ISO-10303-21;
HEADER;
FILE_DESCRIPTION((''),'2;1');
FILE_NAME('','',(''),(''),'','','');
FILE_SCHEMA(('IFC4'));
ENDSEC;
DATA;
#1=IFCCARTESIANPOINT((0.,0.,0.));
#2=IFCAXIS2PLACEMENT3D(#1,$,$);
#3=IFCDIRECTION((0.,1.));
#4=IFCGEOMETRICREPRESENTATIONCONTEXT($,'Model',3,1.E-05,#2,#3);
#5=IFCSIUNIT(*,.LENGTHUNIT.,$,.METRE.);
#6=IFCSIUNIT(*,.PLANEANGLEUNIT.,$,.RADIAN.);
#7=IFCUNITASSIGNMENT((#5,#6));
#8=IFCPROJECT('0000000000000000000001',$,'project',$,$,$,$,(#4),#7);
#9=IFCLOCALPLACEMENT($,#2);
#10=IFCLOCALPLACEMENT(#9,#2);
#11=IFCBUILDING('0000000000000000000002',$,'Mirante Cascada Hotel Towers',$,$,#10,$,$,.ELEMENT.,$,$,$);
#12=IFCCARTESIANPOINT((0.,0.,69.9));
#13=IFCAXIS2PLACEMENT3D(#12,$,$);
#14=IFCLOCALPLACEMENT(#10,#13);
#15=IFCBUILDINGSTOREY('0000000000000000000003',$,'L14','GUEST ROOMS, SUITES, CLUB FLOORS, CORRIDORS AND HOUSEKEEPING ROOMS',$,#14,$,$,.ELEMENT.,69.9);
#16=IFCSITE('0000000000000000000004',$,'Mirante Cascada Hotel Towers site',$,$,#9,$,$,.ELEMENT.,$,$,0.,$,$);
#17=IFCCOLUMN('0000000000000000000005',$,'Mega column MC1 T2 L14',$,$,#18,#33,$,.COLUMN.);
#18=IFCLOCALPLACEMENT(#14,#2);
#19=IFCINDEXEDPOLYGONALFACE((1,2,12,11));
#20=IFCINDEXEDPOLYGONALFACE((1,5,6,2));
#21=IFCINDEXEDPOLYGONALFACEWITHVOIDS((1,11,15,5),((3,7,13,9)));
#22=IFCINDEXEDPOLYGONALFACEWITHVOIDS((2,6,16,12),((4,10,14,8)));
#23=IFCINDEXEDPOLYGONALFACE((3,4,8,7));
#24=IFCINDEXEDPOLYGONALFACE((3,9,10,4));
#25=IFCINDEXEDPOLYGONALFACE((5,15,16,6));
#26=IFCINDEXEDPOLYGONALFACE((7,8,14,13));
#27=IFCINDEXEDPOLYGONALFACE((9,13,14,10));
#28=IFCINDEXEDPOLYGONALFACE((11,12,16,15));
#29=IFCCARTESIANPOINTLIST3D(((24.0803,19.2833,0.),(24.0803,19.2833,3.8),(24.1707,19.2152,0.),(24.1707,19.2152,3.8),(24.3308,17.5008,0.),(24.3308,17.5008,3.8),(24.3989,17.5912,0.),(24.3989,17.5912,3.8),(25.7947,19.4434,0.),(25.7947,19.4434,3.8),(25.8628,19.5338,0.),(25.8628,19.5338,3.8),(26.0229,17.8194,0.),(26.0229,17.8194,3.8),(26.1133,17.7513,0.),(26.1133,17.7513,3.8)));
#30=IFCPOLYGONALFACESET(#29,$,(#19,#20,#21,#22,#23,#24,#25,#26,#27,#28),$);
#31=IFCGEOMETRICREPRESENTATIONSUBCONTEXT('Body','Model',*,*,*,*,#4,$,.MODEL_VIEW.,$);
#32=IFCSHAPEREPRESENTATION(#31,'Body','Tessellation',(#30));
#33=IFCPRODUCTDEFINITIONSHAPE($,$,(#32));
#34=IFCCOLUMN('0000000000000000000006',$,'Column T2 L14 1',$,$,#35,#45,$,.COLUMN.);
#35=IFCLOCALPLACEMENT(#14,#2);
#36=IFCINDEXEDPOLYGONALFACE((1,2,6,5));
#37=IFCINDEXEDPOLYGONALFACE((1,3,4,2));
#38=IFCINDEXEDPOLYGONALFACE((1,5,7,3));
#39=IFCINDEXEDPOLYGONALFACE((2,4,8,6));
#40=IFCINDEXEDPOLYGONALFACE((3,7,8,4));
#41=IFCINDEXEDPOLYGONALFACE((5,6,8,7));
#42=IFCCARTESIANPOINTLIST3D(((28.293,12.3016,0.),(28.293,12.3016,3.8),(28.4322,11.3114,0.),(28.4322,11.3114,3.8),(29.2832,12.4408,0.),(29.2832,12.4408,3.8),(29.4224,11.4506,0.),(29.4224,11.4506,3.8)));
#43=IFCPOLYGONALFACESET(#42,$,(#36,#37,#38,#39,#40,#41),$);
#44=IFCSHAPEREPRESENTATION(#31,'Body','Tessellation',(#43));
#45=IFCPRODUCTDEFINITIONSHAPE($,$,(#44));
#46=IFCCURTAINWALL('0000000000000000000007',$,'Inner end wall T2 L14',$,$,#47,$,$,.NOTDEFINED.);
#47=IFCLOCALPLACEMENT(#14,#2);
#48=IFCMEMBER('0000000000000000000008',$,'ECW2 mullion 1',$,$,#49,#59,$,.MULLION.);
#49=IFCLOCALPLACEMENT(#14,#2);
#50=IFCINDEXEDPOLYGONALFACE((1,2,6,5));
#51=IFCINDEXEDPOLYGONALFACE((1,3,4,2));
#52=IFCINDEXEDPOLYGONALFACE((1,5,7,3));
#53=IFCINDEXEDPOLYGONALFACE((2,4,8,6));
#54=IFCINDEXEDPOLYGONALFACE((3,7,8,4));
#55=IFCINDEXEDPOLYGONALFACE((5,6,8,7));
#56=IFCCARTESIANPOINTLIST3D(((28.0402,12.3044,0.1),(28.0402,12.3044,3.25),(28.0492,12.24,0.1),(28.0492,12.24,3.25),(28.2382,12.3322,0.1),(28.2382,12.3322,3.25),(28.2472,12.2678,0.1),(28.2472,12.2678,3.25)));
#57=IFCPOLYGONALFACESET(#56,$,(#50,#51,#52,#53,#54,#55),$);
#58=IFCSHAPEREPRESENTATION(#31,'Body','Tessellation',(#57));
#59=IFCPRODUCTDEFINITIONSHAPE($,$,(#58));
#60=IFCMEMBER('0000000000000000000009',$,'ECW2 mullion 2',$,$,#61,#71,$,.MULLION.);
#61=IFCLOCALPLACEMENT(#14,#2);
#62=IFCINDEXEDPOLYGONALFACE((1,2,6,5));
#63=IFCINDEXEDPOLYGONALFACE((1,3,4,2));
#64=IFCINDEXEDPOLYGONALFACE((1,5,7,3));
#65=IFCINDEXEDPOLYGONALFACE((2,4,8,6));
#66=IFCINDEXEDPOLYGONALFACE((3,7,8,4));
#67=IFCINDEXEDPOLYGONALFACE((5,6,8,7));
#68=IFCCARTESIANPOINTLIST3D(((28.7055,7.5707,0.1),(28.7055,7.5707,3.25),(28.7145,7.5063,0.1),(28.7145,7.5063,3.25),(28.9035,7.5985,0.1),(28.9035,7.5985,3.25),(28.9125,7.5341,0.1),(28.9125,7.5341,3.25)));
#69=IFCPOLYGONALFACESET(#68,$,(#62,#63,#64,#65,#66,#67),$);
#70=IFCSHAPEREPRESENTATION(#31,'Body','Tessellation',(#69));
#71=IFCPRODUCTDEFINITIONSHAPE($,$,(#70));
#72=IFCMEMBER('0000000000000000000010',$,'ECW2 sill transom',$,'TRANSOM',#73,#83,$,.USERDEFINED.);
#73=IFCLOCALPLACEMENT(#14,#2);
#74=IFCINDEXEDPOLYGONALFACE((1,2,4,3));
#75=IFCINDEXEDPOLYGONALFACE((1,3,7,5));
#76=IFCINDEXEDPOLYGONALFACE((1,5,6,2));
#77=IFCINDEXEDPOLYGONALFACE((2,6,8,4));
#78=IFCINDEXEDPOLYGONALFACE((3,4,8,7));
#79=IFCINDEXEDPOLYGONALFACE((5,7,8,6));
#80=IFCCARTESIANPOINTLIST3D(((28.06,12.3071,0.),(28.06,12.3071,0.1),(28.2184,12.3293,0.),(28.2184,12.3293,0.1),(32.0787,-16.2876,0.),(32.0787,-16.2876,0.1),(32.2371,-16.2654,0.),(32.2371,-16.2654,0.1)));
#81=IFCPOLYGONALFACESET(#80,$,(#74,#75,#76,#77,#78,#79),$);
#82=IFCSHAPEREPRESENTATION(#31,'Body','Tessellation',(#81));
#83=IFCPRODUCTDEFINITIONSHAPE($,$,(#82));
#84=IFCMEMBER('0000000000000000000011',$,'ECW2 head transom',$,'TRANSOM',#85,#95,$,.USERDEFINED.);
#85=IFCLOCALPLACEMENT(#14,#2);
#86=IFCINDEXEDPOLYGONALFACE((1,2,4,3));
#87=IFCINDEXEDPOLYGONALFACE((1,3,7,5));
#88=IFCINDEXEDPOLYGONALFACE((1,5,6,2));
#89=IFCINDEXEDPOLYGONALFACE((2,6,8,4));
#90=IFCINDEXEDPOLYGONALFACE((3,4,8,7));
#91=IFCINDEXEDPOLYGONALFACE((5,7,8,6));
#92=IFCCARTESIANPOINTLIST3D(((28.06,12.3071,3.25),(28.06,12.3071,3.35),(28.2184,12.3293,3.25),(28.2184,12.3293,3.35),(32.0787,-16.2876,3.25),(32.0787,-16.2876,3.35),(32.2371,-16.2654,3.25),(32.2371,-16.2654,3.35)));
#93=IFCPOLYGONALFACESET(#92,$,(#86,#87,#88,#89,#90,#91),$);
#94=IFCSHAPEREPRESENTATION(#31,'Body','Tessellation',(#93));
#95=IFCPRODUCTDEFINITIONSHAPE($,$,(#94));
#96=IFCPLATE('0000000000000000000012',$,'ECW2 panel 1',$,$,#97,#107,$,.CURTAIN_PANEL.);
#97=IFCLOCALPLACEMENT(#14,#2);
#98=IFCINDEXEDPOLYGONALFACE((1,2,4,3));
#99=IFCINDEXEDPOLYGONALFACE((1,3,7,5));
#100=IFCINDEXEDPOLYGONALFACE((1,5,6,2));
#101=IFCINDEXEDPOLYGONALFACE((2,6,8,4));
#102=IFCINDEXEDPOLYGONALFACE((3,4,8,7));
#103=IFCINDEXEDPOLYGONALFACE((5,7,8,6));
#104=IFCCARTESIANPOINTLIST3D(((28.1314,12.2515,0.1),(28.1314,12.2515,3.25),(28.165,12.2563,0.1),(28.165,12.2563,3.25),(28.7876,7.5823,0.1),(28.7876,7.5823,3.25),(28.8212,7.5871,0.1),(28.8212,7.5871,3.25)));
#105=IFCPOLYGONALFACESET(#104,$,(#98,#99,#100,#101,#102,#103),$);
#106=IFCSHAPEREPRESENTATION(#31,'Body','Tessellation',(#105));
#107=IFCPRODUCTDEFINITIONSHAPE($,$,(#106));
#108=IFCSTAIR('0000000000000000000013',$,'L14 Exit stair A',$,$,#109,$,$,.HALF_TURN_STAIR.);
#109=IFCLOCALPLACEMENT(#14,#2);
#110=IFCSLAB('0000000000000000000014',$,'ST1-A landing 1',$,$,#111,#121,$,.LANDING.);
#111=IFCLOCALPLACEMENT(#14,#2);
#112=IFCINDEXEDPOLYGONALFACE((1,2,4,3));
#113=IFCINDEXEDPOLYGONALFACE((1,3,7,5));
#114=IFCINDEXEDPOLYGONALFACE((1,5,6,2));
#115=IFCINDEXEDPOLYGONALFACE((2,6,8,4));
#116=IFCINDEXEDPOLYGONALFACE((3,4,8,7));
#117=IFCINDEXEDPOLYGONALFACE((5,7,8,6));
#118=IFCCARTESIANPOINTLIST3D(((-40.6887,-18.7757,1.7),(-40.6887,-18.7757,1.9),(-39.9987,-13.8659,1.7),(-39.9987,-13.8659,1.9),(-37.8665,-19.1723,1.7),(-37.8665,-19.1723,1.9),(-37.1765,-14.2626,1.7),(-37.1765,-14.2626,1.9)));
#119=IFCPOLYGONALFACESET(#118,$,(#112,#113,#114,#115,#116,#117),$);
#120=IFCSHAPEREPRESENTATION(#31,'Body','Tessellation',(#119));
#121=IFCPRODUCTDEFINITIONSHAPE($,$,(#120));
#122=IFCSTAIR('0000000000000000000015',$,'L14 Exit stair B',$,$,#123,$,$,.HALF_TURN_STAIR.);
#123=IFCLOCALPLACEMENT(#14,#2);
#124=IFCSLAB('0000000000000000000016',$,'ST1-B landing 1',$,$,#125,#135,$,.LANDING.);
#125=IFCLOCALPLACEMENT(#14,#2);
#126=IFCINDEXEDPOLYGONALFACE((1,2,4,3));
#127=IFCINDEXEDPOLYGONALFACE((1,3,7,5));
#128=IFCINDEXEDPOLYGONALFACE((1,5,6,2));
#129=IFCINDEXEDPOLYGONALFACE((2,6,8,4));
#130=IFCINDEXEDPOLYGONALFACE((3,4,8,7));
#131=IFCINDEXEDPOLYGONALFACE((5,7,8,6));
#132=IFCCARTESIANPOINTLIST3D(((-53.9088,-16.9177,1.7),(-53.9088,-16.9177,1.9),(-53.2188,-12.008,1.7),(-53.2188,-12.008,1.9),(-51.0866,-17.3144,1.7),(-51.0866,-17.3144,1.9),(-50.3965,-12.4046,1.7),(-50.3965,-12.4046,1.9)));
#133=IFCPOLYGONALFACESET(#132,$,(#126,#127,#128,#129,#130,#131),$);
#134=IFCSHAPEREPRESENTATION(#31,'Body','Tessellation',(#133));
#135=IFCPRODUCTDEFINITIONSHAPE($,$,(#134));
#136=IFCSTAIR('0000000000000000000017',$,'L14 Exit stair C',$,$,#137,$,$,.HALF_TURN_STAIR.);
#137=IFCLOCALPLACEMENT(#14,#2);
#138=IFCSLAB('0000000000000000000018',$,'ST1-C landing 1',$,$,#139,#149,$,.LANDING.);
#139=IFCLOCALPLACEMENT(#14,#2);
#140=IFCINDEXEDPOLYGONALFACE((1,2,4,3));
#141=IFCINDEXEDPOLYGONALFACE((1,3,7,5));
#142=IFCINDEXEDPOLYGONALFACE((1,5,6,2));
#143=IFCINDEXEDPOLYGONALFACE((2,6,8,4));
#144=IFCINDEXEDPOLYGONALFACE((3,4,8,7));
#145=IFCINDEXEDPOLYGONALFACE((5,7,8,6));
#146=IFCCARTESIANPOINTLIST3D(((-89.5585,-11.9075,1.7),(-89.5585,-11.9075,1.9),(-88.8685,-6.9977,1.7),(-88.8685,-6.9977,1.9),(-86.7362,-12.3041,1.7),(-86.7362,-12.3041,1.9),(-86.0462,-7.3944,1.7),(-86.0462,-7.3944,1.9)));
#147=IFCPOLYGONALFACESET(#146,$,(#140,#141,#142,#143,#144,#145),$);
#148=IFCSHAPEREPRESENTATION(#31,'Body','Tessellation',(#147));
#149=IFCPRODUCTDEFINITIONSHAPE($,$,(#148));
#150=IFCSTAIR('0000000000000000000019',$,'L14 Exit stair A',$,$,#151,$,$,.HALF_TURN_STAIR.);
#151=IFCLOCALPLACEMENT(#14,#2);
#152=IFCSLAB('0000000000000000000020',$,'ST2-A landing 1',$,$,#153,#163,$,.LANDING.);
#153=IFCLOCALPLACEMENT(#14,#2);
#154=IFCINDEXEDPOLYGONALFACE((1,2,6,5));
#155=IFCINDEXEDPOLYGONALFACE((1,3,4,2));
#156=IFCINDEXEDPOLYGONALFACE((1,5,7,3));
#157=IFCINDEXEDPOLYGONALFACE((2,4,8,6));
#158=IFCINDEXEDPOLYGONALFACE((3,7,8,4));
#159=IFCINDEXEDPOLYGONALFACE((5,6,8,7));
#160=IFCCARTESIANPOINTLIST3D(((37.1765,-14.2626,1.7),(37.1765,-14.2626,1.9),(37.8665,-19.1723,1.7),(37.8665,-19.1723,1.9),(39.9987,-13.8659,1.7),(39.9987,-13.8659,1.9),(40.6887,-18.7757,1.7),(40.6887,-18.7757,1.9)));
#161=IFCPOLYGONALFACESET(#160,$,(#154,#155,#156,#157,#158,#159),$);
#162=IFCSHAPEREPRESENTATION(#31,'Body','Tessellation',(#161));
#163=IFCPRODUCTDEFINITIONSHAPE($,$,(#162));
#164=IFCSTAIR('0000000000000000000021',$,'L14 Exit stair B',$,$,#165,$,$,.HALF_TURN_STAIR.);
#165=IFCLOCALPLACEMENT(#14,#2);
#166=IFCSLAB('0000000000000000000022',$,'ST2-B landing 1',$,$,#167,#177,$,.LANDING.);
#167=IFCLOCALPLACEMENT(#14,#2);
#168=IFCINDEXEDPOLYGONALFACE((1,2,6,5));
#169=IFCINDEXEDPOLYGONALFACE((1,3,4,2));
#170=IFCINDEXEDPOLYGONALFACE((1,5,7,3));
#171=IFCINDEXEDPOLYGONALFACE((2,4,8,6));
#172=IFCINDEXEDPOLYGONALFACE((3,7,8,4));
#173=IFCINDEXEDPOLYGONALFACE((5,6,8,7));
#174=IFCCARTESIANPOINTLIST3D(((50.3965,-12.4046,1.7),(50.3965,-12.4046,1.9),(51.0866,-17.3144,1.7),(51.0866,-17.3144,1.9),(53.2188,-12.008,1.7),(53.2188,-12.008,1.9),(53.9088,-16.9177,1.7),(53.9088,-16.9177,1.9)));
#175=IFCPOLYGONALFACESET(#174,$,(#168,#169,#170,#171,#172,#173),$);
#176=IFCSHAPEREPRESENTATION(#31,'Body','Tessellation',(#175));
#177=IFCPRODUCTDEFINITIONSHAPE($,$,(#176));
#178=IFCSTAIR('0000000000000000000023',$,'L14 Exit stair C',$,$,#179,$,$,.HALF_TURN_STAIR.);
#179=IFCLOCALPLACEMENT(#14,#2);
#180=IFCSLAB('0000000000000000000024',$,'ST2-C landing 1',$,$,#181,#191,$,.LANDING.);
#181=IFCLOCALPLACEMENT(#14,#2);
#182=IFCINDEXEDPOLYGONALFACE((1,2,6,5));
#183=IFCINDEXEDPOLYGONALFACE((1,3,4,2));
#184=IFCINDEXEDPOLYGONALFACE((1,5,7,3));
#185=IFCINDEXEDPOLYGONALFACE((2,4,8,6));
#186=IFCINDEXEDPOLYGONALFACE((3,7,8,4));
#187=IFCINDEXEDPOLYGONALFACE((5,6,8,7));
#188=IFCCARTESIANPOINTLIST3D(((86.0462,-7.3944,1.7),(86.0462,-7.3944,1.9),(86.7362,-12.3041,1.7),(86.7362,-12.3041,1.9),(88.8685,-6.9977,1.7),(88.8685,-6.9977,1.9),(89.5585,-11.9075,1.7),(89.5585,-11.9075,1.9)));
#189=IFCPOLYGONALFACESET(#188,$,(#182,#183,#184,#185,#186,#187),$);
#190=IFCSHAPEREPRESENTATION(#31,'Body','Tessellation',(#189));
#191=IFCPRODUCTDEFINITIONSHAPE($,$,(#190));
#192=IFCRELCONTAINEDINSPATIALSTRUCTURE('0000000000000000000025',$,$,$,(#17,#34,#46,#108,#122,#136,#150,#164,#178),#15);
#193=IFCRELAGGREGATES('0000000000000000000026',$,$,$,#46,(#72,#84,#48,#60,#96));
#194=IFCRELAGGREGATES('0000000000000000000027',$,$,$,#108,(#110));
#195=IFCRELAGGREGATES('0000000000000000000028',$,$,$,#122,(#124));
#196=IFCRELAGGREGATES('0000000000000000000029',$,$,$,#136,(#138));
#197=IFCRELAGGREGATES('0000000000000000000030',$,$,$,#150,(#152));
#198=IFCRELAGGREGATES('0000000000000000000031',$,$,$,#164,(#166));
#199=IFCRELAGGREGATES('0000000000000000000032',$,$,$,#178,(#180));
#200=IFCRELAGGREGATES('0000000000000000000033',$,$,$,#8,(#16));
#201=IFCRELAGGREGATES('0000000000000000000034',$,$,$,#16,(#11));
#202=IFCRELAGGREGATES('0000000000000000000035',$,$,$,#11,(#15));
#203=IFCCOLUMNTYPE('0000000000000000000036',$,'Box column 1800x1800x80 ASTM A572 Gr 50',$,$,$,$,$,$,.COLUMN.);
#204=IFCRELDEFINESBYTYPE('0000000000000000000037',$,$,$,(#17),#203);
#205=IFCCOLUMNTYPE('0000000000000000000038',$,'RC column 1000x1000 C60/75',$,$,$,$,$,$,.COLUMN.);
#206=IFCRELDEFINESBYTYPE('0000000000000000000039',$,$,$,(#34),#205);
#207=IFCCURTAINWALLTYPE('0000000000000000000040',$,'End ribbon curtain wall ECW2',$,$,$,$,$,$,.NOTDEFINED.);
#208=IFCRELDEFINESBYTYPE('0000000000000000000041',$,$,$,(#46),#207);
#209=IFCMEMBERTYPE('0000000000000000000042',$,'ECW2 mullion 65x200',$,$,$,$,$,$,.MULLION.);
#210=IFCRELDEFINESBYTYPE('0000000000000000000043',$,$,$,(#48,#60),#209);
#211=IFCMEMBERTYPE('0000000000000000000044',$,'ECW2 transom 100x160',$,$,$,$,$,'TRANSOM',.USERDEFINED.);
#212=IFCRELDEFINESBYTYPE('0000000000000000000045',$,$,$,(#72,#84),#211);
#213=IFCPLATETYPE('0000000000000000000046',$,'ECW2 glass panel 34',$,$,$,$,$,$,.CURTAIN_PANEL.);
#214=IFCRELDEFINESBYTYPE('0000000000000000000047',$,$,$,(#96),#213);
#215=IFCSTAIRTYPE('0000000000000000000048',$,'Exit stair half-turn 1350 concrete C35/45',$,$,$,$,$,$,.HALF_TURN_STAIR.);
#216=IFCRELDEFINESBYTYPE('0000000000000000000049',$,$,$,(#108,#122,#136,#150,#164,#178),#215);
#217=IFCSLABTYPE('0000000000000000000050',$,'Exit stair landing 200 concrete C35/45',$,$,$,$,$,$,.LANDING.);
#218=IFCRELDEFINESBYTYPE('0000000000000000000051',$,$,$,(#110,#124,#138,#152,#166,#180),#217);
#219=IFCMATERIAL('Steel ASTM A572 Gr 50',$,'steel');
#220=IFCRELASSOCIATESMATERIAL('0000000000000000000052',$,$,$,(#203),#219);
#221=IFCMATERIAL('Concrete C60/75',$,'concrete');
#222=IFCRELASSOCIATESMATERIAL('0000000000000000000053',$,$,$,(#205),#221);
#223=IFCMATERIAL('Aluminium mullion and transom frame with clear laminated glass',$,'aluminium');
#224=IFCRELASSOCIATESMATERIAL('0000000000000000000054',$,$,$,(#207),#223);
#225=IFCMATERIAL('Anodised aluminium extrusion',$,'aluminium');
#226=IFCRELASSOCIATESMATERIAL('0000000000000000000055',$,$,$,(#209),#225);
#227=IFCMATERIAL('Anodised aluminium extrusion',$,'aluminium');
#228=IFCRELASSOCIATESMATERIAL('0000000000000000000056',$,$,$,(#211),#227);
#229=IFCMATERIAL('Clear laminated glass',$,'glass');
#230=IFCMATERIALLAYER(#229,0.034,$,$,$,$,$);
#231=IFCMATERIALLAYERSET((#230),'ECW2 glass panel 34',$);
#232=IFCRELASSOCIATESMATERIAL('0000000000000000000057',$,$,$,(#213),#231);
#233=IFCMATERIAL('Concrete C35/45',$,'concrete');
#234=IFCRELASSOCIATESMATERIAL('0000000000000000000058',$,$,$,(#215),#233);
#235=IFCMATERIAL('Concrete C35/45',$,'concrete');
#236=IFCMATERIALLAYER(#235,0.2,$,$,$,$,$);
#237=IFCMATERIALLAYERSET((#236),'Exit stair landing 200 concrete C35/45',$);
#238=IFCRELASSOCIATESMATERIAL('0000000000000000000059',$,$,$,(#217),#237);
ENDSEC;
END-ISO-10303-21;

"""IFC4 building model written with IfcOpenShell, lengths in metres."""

from ifc_helpers import new_model, si_unit, direction, frame, origin, origin_2d, place, context, subcontext, project, spatial, polyline, rectangle, hollow_rectangle, outline, extrude, material, layer, layer_set, material_profile, profile_set, type_object, element, aggregate, save


model = new_model("IFC4")

# Units and contexts
model_context = context("Model", 3, precision=1e-05, world=origin(), true_north=direction((0.0, 1.0)))
body_context = subcontext(model_context, "Body", "Model", "MODEL_VIEW")
ifc_project = project(units=[si_unit("LENGTHUNIT", "METRE"), si_unit("PLANEANGLEUNIT", "RADIAN")], contexts=[model_context])

# Site, building, storey
site_placement = place(None, origin())
site = spatial("IfcSite", under=ifc_project, at=site_placement, Name="Mirante Cascada Hotel Towers site", CompositionType="ELEMENT", RefElevation=0.0)
building_placement = place(site_placement, origin())
building = spatial("IfcBuilding", under=site, at=building_placement, Name="Mirante Cascada Hotel Towers", CompositionType="ELEMENT")
storey_placement = place(building_placement, frame((0.0, 0.0, 69.9)))
storey = spatial("IfcBuildingStorey", under=building, at=storey_placement, Name="L14", Description="GUEST ROOMS, SUITES, CLUB FLOORS, CORRIDORS AND HOUSEKEEPING ROOMS", CompositionType="ELEMENT", Elevation=69.9)

# Columns
ifc_material_1 = material(Name="Steel ASTM A572 Gr 50", Category="steel")
ifc_material_profile_1 = material_profile(ifc_material_1, hollow_rectangle(XDim=1.8, YDim=1.8, WallThickness=0.08, at=origin_2d()), Name="Box column 1800x1800x80 ASTM A572 Gr 50")
ifc_profile_set_1 = profile_set([ifc_material_profile_1], Name="Steel ASTM A572 Gr 50")
column_type_1 = type_object("IfcColumnType", Name="Box column 1800x1800x80 ASTM A572 Gr 50", PredefinedType="COLUMN", material=ifc_profile_set_1)
column_1_placement = place(storey_placement, frame((25.0968, 18.5173, 0.0), z_axis=(0.0, 0.0, 1.0), x_axis=(0.990268, 0.139173, 0.0)))
element("IfcColumn", 1, at=column_1_placement, inside=storey, type_object=column_type_1, Name="Mega column MC1 T2 L14", PredefinedType="COLUMN", context=body_context, shape_type="SweptSolid", body=[
    extrude(hollow_rectangle(XDim=1.8, YDim=1.8, WallThickness=0.08, at=origin_2d()), origin(), (0.0, 0.0, 1.0), 3.8),
])
ifc_material_2 = material(Name="Concrete C60/75", Category="concrete")
ifc_material_profile_2 = material_profile(ifc_material_2, rectangle(XDim=1.0, YDim=1.0, at=origin_2d()), Name="RC column 1000x1000 C60/75")
ifc_profile_set_2 = profile_set([ifc_material_profile_2], Name="Concrete C60/75")
column_type_2 = type_object("IfcColumnType", Name="RC column 1000x1000 C60/75", PredefinedType="COLUMN", material=ifc_profile_set_2)
column_2_placement = place(storey_placement, frame((28.8577, 11.8761, 0.0), z_axis=(0.0, 0.0, 1.0), x_axis=(0.990268, 0.139173, 0.0)))
element("IfcColumn", 2, at=column_2_placement, inside=storey, type_object=column_type_2, Name="Column T2 L14 1", PredefinedType="COLUMN", context=body_context, shape_type="SweptSolid", body=[
    extrude(rectangle(XDim=1.0, YDim=1.0, at=origin_2d()), origin(), (0.0, 0.0, 1.0), 3.8),
])

# Curtain wall, members, plate
ifc_material_3 = material(Name="Aluminium mullion and transom frame with clear laminated glass", Category="aluminium")
curtain_wall_type = type_object("IfcCurtainWallType", Name="End ribbon curtain wall ECW2", PredefinedType="NOTDEFINED", material=ifc_material_3)
curtain_wall_placement = place(storey_placement, origin())
curtain_wall = element("IfcCurtainWall", 3, at=curtain_wall_placement, inside=storey, type_object=curtain_wall_type, Name="Inner end wall T2 L14", PredefinedType="NOTDEFINED")
ifc_material_4 = material(Name="Anodised aluminium extrusion", Category="aluminium")
ifc_material_profile_3 = material_profile(ifc_material_4, rectangle(XDim=0.2, YDim=0.065, at=origin_2d()), Name="ECW2 MULLION 65x200")
ifc_profile_set_3 = profile_set([ifc_material_profile_3], Name="Anodised aluminium extrusion")
member_type_1 = type_object("IfcMemberType", Name="ECW2 mullion 65x200", PredefinedType="MULLION", material=ifc_profile_set_3)
member_1_placement = place(storey_placement, frame((28.1437, 12.2861, 0.1), z_axis=(0.0, 0.0, 1.0), x_axis=(0.990268, 0.139173, 0.0)))
member_1 = element("IfcMember", 4, at=member_1_placement, type_object=member_type_1, Name="ECW2 mullion 1", PredefinedType="MULLION", context=body_context, shape_type="SweptSolid", body=[
    extrude(rectangle(XDim=0.2, YDim=0.065, at=origin_2d()), origin(), (0.0, 0.0, 1.0), 3.15),
])
member_2_placement = place(storey_placement, frame((28.809, 7.5524, 0.1), z_axis=(0.0, 0.0, 1.0), x_axis=(0.990268, 0.139173, 0.0)))
member_2 = element("IfcMember", 5, at=member_2_placement, type_object=member_type_1, Name="ECW2 mullion 2", PredefinedType="MULLION", context=body_context, shape_type="SweptSolid", body=[
    extrude(rectangle(XDim=0.2, YDim=0.065, at=origin_2d()), origin(), (0.0, 0.0, 1.0), 3.15),
])
ifc_material_5 = material(Name="Anodised aluminium extrusion", Category="aluminium")
ifc_material_profile_4 = material_profile(ifc_material_5, rectangle(XDim=0.16, YDim=0.1, at=origin_2d()), Name="ECW2 TRANSOM 100x160")
ifc_profile_set_4 = profile_set([ifc_material_profile_4], Name="Anodised aluminium extrusion")
member_type_2 = type_object("IfcMemberType", Name="ECW2 transom 100x160", ElementType="TRANSOM", PredefinedType="USERDEFINED", material=ifc_profile_set_4)
member_3_placement = place(storey_placement, frame((28.1392, 12.3182, 0.05), z_axis=(0.139172, -0.990268, 0.0), x_axis=(0.990268, 0.139172, 0.0)))
member_3 = element("IfcMember", 6, at=member_3_placement, type_object=member_type_2, Name="ECW2 sill transom", ObjectType="TRANSOM", PredefinedType="USERDEFINED", context=body_context, shape_type="SweptSolid", body=[
    extrude(rectangle(XDim=0.16, YDim=0.1, at=origin_2d()), origin(), (0.0, 0.0, 1.0), 28.8757),
])
member_4_placement = place(storey_placement, frame((28.1392, 12.3182, 3.3), z_axis=(0.139172, -0.990268, 0.0), x_axis=(0.990268, 0.139172, 0.0)))
member_4 = element("IfcMember", 7, at=member_4_placement, type_object=member_type_2, Name="ECW2 head transom", ObjectType="TRANSOM", PredefinedType="USERDEFINED", context=body_context, shape_type="SweptSolid", body=[
    extrude(rectangle(XDim=0.16, YDim=0.1, at=origin_2d()), origin(), (0.0, 0.0, 1.0), 28.8757),
])
ifc_material_6 = material(Name="Clear laminated glass", Category="glass")
ifc_layer_1 = layer(ifc_material_6, 0.034)
ifc_layer_set_1 = layer_set([ifc_layer_1], Name="ECW2 glass panel 34")
plate_type = type_object("IfcPlateType", Name="ECW2 glass panel 34", PredefinedType="CURTAIN_PANEL", material=ifc_layer_set_1)
plate_placement = place(storey_placement, frame((28.4763, 9.9193, 0.1), z_axis=(0.0, 0.0, 1.0), x_axis=(0.139173, -0.990268, 0.0)))
plate = element("IfcPlate", 8, at=plate_placement, type_object=plate_type, Name="ECW2 panel 1", PredefinedType="CURTAIN_PANEL", context=body_context, shape_type="SweptSolid", body=[
    extrude(rectangle(XDim=4.7151, YDim=0.034, at=origin_2d()), origin(), (0.0, 0.0, 1.0), 3.15),
])
aggregate(curtain_wall, [member_3, member_4, member_1, member_2, plate])

# Stairs, slabs
ifc_material_7 = material(Name="Concrete C35/45", Category="concrete")
stair_type = type_object("IfcStairType", Name="Exit stair half-turn 1350 concrete C35/45", PredefinedType="HALF_TURN_STAIR", material=ifc_material_7)
stair_1_placement = place(storey_placement, origin())
stair_1 = element("IfcStair", 9, at=stair_1_placement, inside=storey, type_object=stair_type, Name="L14 Exit stair A", PredefinedType="HALF_TURN_STAIR")
ifc_material_8 = material(Name="Concrete C35/45", Category="concrete")
ifc_layer_2 = layer(ifc_material_8, 0.2)
ifc_layer_set_2 = layer_set([ifc_layer_2], Name="Exit stair landing 200 concrete C35/45")
slab_type = type_object("IfcSlabType", Name="Exit stair landing 200 concrete C35/45", PredefinedType="LANDING", material=ifc_layer_set_2)
slab_1_placement = place(storey_placement, frame((0.0, 0.0, 1.7)))
slab_1 = element("IfcSlab", 10, at=slab_1_placement, type_object=slab_type, Name="ST1-A landing 1", PredefinedType="LANDING", context=body_context, shape_type="SweptSolid", body=[
    extrude(outline(polyline([(-39.9987, -13.8659), (-40.6887, -18.7757), (-37.8665, -19.1723), (-37.1765, -14.2626), (-39.9987, -13.8659)])), origin(), (0.0, 0.0, 1.0), 0.2),
])
aggregate(stair_1, [slab_1])
stair_2_placement = place(storey_placement, origin())
stair_2 = element("IfcStair", 11, at=stair_2_placement, inside=storey, type_object=stair_type, Name="L14 Exit stair B", PredefinedType="HALF_TURN_STAIR")
slab_2_placement = place(storey_placement, frame((0.0, 0.0, 1.7)))
slab_2 = element("IfcSlab", 12, at=slab_2_placement, type_object=slab_type, Name="ST1-B landing 1", PredefinedType="LANDING", context=body_context, shape_type="SweptSolid", body=[
    extrude(outline(polyline([(-53.2188, -12.008), (-53.9088, -16.9177), (-51.0866, -17.3144), (-50.3965, -12.4046), (-53.2188, -12.008)])), origin(), (0.0, 0.0, 1.0), 0.2),
])
aggregate(stair_2, [slab_2])
stair_3_placement = place(storey_placement, origin())
stair_3 = element("IfcStair", 13, at=stair_3_placement, inside=storey, type_object=stair_type, Name="L14 Exit stair C", PredefinedType="HALF_TURN_STAIR")
slab_3_placement = place(storey_placement, frame((0.0, 0.0, 1.7)))
slab_3 = element("IfcSlab", 14, at=slab_3_placement, type_object=slab_type, Name="ST1-C landing 1", PredefinedType="LANDING", context=body_context, shape_type="SweptSolid", body=[
    extrude(outline(polyline([(-88.8685, -6.9977), (-89.5585, -11.9075), (-86.7362, -12.3041), (-86.0462, -7.3944), (-88.8685, -6.9977)])), origin(), (0.0, 0.0, 1.0), 0.2),
])
aggregate(stair_3, [slab_3])
stair_4_placement = place(storey_placement, origin())
stair_4 = element("IfcStair", 15, at=stair_4_placement, inside=storey, type_object=stair_type, Name="L14 Exit stair A", PredefinedType="HALF_TURN_STAIR")
slab_4_placement = place(storey_placement, frame((0.0, 0.0, 1.7)))
slab_4 = element("IfcSlab", 16, at=slab_4_placement, type_object=slab_type, Name="ST2-A landing 1", PredefinedType="LANDING", context=body_context, shape_type="SweptSolid", body=[
    extrude(outline(polyline([(37.1765, -14.2626), (37.8665, -19.1723), (40.6887, -18.7757), (39.9987, -13.8659), (37.1765, -14.2626)])), origin(), (0.0, 0.0, 1.0), 0.2),
])
aggregate(stair_4, [slab_4])
stair_5_placement = place(storey_placement, origin())
stair_5 = element("IfcStair", 17, at=stair_5_placement, inside=storey, type_object=stair_type, Name="L14 Exit stair B", PredefinedType="HALF_TURN_STAIR")
slab_5_placement = place(storey_placement, frame((0.0, 0.0, 1.7)))
slab_5 = element("IfcSlab", 18, at=slab_5_placement, type_object=slab_type, Name="ST2-B landing 1", PredefinedType="LANDING", context=body_context, shape_type="SweptSolid", body=[
    extrude(outline(polyline([(50.3965, -12.4046), (51.0866, -17.3144), (53.9088, -16.9177), (53.2188, -12.008), (50.3965, -12.4046)])), origin(), (0.0, 0.0, 1.0), 0.2),
])
aggregate(stair_5, [slab_5])
stair_6_placement = place(storey_placement, origin())
stair_6 = element("IfcStair", 19, at=stair_6_placement, inside=storey, type_object=stair_type, Name="L14 Exit stair C", PredefinedType="HALF_TURN_STAIR")
slab_6_placement = place(storey_placement, frame((0.0, 0.0, 1.7)))
slab_6 = element("IfcSlab", 20, at=slab_6_placement, type_object=slab_type, Name="ST2-C landing 1", PredefinedType="LANDING", context=body_context, shape_type="SweptSolid", body=[
    extrude(outline(polyline([(86.0462, -7.3944), (86.7362, -12.3041), (89.5585, -11.9075), (88.8685, -6.9977), (86.0462, -7.3944)])), origin(), (0.0, 0.0, 1.0), 0.2),
])
aggregate(stair_6, [slab_6])

save(model, "model.ifc")
